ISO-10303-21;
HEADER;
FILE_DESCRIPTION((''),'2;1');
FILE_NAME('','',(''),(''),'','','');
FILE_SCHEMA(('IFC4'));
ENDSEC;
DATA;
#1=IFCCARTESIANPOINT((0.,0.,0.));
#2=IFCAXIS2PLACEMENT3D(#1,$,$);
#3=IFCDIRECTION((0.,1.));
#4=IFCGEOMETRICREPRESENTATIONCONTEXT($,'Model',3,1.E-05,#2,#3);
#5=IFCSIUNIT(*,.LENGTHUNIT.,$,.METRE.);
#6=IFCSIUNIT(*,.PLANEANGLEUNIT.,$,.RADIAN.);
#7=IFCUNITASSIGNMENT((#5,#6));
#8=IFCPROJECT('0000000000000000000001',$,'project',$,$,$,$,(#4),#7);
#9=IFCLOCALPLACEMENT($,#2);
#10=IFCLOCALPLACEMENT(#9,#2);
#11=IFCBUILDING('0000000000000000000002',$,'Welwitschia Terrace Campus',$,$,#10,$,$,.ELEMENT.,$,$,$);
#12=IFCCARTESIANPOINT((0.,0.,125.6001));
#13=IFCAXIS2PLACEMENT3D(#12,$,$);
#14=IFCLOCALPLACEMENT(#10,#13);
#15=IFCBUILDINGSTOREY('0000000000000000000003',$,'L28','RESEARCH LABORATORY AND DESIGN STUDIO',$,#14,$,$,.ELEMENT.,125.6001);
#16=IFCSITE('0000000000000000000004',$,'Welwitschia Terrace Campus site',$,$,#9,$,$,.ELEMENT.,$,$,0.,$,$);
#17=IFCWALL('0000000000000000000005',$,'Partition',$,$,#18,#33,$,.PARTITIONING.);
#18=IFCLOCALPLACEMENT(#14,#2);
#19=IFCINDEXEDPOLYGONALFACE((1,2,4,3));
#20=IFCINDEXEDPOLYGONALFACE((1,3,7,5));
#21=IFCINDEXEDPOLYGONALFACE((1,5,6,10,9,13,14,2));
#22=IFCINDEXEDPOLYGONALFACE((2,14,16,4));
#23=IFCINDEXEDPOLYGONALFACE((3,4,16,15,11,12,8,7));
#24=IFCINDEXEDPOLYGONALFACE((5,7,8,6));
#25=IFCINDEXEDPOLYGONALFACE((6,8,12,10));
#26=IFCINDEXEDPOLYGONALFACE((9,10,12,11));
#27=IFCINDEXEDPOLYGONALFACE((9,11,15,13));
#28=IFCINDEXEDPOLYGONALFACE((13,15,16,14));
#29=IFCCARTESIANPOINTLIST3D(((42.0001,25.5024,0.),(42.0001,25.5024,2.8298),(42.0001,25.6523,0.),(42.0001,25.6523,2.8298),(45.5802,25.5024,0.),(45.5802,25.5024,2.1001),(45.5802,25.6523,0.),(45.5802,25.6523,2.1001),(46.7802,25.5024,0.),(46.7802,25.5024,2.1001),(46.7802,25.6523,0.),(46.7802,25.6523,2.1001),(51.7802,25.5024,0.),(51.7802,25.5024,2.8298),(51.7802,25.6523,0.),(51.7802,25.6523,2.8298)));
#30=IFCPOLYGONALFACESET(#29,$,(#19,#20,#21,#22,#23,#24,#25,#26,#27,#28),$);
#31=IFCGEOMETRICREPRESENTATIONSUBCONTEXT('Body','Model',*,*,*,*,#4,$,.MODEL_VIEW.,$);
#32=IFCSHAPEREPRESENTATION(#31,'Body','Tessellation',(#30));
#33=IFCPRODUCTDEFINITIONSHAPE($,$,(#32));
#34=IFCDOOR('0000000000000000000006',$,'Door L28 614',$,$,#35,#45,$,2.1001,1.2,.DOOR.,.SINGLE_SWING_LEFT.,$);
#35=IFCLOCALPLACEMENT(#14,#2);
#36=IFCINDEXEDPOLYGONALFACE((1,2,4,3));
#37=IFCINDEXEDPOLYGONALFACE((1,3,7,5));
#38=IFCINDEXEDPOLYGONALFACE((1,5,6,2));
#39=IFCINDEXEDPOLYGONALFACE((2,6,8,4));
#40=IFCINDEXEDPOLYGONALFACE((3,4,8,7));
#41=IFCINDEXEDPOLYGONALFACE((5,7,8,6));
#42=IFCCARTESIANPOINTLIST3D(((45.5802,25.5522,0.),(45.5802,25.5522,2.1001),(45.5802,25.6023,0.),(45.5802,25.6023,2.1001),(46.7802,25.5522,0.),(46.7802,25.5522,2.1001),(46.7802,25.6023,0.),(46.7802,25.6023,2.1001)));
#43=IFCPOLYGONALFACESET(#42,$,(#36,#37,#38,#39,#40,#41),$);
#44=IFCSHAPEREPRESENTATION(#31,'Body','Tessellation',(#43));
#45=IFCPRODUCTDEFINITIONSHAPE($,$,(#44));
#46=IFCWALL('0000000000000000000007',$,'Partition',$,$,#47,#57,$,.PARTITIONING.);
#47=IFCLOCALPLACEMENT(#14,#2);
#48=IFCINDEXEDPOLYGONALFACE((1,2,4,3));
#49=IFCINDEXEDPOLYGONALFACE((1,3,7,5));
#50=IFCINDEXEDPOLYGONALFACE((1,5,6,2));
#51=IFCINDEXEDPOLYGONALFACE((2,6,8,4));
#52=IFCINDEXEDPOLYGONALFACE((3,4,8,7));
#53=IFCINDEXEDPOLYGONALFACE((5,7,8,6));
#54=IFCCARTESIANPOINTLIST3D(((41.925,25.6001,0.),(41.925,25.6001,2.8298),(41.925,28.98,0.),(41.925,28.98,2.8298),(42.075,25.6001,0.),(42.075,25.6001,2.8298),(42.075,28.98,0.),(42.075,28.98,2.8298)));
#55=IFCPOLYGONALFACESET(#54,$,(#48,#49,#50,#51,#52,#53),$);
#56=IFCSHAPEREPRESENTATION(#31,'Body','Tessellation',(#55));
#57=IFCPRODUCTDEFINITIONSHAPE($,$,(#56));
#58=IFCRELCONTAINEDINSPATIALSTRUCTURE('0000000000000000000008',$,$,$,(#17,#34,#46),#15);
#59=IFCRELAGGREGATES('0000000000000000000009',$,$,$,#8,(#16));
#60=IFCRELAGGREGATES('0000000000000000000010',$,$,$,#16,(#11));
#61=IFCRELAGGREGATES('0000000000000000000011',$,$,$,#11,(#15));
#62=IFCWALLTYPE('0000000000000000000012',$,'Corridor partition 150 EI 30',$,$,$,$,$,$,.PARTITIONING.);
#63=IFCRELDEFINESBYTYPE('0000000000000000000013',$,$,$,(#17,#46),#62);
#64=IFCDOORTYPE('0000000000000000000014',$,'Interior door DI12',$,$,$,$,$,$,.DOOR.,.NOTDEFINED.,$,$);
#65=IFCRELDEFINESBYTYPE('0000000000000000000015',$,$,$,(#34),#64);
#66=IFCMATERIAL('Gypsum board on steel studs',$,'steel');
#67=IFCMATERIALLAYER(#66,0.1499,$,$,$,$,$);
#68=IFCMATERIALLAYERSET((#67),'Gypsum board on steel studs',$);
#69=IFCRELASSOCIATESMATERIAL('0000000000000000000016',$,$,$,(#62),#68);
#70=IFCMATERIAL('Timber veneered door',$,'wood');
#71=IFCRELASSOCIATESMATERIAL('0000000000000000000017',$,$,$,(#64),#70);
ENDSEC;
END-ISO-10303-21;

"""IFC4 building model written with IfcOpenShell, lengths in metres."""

from ifc_helpers import new_model, si_unit, direction, frame, frame_2d, origin, place, context, subcontext, project, spatial, rectangle, extrude, material, layer, layer_set, type_object, element, fill, save


model = new_model("IFC4")

# Units and contexts
model_context = context("Model", 3, precision=1e-05, world=origin(), true_north=direction((0.0, 1.0)))
body_context = subcontext(model_context, "Body", "Model", "MODEL_VIEW")
ifc_project = project(units=[si_unit("LENGTHUNIT", "METRE"), si_unit("PLANEANGLEUNIT", "RADIAN")], contexts=[model_context])

# Site, building, storey
site_placement = place(None, origin())
site = spatial("IfcSite", under=ifc_project, at=site_placement, Name="Welwitschia Terrace Campus site", CompositionType="ELEMENT", RefElevation=0.0)
building_placement = place(site_placement, origin())
building = spatial("IfcBuilding", under=site, at=building_placement, Name="Welwitschia Terrace Campus", CompositionType="ELEMENT")
storey_placement = place(building_placement, frame((0.0, 0.0, 125.6001)))
storey = spatial("IfcBuildingStorey", under=building, at=storey_placement, Name="L28", Description="RESEARCH LABORATORY AND DESIGN STUDIO", CompositionType="ELEMENT", Elevation=125.6001)

# Shared definitions
ifc_material_1 = material(Name="Gypsum board on steel studs", Category="steel")
ifc_layer_1 = layer(ifc_material_1, 0.1499)
ifc_layer_set_1 = layer_set([ifc_layer_1], Name="Gypsum board on steel studs")
wall_type = type_object("IfcWallType", Name="Corridor partition 150 EI 30", PredefinedType="PARTITIONING", material=ifc_layer_set_1)

# Wall, opening, door
ifc_material_2 = material(Name="Timber veneered door", Category="wood")
door_type = type_object("IfcDoorType", Name="Interior door DI12", OperationType="NOTDEFINED", PredefinedType="DOOR", material=ifc_material_2)
wall_1_placement = place(storey_placement, frame((42.0, 25.5774, 0.0), z_axis=(0.0, 0.0, 1.0), x_axis=(1.0, 0.0, 0.0)))
wall_1 = element("IfcWall", 1, at=wall_1_placement, inside=storey, type_object=wall_type, Name="Partition", PredefinedType="PARTITIONING", context=body_context, shape_type="SweptSolid", body=[
    extrude(rectangle(XDim=9.78, YDim=0.1499, at=frame_2d((4.8901, 0.0))), origin(), (0.0, 0.0, 1.0), 2.8298),
])
opening_1_placement = place(wall_1_placement, frame((3.5801, 0.0, 0.0)))
opening_1 = element("IfcOpeningElement", 2, at=opening_1_placement, cuts=wall_1, PredefinedType="OPENING", context=body_context, shape_type="SweptSolid", body=[
    extrude(rectangle(XDim=1.2, YDim=2.1001, at=frame_2d((0.6001, 1.05))), frame((0.0, 0.085, 0.0), z_axis=(0.0, -1.0, 0.0), x_axis=(1.0, 0.0, 0.0)), (0.0, 0.0, 1.0), 0.1699),
])
door_1_placement = place(opening_1_placement, origin())
door_1 = element("IfcDoor", 3, at=door_1_placement, inside=storey, type_object=door_type, Name="Door L28 614", OperationType="SINGLE_SWING_LEFT", OverallHeight=2.1001, OverallWidth=1.2, PredefinedType="DOOR", context=body_context, shape_type="SweptSolid", body=[
    extrude(rectangle(XDim=1.2, YDim=2.1001, at=frame_2d((0.6001, 1.05))), frame((0.0, 0.0249, 0.0), z_axis=(0.0, -1.0, 0.0), x_axis=(1.0, 0.0, 0.0)), (0.0, 0.0, 1.0), 0.05),
])
fill(opening_1, door_1)

# Wall
wall_2_placement = place(storey_placement, frame((42.0, 25.6001, 0.0), z_axis=(0.0, 0.0, 1.0), x_axis=(0.0, 1.0, 0.0)))
element("IfcWall", 4, at=wall_2_placement, inside=storey, type_object=wall_type, Name="Partition", PredefinedType="PARTITIONING", context=body_context, shape_type="SweptSolid", body=[
    extrude(rectangle(XDim=3.3799, YDim=0.1499, at=frame_2d((1.6899, 0.0))), origin(), (0.0, 0.0, 1.0), 2.8298),
])

save(model, "model.ifc")
